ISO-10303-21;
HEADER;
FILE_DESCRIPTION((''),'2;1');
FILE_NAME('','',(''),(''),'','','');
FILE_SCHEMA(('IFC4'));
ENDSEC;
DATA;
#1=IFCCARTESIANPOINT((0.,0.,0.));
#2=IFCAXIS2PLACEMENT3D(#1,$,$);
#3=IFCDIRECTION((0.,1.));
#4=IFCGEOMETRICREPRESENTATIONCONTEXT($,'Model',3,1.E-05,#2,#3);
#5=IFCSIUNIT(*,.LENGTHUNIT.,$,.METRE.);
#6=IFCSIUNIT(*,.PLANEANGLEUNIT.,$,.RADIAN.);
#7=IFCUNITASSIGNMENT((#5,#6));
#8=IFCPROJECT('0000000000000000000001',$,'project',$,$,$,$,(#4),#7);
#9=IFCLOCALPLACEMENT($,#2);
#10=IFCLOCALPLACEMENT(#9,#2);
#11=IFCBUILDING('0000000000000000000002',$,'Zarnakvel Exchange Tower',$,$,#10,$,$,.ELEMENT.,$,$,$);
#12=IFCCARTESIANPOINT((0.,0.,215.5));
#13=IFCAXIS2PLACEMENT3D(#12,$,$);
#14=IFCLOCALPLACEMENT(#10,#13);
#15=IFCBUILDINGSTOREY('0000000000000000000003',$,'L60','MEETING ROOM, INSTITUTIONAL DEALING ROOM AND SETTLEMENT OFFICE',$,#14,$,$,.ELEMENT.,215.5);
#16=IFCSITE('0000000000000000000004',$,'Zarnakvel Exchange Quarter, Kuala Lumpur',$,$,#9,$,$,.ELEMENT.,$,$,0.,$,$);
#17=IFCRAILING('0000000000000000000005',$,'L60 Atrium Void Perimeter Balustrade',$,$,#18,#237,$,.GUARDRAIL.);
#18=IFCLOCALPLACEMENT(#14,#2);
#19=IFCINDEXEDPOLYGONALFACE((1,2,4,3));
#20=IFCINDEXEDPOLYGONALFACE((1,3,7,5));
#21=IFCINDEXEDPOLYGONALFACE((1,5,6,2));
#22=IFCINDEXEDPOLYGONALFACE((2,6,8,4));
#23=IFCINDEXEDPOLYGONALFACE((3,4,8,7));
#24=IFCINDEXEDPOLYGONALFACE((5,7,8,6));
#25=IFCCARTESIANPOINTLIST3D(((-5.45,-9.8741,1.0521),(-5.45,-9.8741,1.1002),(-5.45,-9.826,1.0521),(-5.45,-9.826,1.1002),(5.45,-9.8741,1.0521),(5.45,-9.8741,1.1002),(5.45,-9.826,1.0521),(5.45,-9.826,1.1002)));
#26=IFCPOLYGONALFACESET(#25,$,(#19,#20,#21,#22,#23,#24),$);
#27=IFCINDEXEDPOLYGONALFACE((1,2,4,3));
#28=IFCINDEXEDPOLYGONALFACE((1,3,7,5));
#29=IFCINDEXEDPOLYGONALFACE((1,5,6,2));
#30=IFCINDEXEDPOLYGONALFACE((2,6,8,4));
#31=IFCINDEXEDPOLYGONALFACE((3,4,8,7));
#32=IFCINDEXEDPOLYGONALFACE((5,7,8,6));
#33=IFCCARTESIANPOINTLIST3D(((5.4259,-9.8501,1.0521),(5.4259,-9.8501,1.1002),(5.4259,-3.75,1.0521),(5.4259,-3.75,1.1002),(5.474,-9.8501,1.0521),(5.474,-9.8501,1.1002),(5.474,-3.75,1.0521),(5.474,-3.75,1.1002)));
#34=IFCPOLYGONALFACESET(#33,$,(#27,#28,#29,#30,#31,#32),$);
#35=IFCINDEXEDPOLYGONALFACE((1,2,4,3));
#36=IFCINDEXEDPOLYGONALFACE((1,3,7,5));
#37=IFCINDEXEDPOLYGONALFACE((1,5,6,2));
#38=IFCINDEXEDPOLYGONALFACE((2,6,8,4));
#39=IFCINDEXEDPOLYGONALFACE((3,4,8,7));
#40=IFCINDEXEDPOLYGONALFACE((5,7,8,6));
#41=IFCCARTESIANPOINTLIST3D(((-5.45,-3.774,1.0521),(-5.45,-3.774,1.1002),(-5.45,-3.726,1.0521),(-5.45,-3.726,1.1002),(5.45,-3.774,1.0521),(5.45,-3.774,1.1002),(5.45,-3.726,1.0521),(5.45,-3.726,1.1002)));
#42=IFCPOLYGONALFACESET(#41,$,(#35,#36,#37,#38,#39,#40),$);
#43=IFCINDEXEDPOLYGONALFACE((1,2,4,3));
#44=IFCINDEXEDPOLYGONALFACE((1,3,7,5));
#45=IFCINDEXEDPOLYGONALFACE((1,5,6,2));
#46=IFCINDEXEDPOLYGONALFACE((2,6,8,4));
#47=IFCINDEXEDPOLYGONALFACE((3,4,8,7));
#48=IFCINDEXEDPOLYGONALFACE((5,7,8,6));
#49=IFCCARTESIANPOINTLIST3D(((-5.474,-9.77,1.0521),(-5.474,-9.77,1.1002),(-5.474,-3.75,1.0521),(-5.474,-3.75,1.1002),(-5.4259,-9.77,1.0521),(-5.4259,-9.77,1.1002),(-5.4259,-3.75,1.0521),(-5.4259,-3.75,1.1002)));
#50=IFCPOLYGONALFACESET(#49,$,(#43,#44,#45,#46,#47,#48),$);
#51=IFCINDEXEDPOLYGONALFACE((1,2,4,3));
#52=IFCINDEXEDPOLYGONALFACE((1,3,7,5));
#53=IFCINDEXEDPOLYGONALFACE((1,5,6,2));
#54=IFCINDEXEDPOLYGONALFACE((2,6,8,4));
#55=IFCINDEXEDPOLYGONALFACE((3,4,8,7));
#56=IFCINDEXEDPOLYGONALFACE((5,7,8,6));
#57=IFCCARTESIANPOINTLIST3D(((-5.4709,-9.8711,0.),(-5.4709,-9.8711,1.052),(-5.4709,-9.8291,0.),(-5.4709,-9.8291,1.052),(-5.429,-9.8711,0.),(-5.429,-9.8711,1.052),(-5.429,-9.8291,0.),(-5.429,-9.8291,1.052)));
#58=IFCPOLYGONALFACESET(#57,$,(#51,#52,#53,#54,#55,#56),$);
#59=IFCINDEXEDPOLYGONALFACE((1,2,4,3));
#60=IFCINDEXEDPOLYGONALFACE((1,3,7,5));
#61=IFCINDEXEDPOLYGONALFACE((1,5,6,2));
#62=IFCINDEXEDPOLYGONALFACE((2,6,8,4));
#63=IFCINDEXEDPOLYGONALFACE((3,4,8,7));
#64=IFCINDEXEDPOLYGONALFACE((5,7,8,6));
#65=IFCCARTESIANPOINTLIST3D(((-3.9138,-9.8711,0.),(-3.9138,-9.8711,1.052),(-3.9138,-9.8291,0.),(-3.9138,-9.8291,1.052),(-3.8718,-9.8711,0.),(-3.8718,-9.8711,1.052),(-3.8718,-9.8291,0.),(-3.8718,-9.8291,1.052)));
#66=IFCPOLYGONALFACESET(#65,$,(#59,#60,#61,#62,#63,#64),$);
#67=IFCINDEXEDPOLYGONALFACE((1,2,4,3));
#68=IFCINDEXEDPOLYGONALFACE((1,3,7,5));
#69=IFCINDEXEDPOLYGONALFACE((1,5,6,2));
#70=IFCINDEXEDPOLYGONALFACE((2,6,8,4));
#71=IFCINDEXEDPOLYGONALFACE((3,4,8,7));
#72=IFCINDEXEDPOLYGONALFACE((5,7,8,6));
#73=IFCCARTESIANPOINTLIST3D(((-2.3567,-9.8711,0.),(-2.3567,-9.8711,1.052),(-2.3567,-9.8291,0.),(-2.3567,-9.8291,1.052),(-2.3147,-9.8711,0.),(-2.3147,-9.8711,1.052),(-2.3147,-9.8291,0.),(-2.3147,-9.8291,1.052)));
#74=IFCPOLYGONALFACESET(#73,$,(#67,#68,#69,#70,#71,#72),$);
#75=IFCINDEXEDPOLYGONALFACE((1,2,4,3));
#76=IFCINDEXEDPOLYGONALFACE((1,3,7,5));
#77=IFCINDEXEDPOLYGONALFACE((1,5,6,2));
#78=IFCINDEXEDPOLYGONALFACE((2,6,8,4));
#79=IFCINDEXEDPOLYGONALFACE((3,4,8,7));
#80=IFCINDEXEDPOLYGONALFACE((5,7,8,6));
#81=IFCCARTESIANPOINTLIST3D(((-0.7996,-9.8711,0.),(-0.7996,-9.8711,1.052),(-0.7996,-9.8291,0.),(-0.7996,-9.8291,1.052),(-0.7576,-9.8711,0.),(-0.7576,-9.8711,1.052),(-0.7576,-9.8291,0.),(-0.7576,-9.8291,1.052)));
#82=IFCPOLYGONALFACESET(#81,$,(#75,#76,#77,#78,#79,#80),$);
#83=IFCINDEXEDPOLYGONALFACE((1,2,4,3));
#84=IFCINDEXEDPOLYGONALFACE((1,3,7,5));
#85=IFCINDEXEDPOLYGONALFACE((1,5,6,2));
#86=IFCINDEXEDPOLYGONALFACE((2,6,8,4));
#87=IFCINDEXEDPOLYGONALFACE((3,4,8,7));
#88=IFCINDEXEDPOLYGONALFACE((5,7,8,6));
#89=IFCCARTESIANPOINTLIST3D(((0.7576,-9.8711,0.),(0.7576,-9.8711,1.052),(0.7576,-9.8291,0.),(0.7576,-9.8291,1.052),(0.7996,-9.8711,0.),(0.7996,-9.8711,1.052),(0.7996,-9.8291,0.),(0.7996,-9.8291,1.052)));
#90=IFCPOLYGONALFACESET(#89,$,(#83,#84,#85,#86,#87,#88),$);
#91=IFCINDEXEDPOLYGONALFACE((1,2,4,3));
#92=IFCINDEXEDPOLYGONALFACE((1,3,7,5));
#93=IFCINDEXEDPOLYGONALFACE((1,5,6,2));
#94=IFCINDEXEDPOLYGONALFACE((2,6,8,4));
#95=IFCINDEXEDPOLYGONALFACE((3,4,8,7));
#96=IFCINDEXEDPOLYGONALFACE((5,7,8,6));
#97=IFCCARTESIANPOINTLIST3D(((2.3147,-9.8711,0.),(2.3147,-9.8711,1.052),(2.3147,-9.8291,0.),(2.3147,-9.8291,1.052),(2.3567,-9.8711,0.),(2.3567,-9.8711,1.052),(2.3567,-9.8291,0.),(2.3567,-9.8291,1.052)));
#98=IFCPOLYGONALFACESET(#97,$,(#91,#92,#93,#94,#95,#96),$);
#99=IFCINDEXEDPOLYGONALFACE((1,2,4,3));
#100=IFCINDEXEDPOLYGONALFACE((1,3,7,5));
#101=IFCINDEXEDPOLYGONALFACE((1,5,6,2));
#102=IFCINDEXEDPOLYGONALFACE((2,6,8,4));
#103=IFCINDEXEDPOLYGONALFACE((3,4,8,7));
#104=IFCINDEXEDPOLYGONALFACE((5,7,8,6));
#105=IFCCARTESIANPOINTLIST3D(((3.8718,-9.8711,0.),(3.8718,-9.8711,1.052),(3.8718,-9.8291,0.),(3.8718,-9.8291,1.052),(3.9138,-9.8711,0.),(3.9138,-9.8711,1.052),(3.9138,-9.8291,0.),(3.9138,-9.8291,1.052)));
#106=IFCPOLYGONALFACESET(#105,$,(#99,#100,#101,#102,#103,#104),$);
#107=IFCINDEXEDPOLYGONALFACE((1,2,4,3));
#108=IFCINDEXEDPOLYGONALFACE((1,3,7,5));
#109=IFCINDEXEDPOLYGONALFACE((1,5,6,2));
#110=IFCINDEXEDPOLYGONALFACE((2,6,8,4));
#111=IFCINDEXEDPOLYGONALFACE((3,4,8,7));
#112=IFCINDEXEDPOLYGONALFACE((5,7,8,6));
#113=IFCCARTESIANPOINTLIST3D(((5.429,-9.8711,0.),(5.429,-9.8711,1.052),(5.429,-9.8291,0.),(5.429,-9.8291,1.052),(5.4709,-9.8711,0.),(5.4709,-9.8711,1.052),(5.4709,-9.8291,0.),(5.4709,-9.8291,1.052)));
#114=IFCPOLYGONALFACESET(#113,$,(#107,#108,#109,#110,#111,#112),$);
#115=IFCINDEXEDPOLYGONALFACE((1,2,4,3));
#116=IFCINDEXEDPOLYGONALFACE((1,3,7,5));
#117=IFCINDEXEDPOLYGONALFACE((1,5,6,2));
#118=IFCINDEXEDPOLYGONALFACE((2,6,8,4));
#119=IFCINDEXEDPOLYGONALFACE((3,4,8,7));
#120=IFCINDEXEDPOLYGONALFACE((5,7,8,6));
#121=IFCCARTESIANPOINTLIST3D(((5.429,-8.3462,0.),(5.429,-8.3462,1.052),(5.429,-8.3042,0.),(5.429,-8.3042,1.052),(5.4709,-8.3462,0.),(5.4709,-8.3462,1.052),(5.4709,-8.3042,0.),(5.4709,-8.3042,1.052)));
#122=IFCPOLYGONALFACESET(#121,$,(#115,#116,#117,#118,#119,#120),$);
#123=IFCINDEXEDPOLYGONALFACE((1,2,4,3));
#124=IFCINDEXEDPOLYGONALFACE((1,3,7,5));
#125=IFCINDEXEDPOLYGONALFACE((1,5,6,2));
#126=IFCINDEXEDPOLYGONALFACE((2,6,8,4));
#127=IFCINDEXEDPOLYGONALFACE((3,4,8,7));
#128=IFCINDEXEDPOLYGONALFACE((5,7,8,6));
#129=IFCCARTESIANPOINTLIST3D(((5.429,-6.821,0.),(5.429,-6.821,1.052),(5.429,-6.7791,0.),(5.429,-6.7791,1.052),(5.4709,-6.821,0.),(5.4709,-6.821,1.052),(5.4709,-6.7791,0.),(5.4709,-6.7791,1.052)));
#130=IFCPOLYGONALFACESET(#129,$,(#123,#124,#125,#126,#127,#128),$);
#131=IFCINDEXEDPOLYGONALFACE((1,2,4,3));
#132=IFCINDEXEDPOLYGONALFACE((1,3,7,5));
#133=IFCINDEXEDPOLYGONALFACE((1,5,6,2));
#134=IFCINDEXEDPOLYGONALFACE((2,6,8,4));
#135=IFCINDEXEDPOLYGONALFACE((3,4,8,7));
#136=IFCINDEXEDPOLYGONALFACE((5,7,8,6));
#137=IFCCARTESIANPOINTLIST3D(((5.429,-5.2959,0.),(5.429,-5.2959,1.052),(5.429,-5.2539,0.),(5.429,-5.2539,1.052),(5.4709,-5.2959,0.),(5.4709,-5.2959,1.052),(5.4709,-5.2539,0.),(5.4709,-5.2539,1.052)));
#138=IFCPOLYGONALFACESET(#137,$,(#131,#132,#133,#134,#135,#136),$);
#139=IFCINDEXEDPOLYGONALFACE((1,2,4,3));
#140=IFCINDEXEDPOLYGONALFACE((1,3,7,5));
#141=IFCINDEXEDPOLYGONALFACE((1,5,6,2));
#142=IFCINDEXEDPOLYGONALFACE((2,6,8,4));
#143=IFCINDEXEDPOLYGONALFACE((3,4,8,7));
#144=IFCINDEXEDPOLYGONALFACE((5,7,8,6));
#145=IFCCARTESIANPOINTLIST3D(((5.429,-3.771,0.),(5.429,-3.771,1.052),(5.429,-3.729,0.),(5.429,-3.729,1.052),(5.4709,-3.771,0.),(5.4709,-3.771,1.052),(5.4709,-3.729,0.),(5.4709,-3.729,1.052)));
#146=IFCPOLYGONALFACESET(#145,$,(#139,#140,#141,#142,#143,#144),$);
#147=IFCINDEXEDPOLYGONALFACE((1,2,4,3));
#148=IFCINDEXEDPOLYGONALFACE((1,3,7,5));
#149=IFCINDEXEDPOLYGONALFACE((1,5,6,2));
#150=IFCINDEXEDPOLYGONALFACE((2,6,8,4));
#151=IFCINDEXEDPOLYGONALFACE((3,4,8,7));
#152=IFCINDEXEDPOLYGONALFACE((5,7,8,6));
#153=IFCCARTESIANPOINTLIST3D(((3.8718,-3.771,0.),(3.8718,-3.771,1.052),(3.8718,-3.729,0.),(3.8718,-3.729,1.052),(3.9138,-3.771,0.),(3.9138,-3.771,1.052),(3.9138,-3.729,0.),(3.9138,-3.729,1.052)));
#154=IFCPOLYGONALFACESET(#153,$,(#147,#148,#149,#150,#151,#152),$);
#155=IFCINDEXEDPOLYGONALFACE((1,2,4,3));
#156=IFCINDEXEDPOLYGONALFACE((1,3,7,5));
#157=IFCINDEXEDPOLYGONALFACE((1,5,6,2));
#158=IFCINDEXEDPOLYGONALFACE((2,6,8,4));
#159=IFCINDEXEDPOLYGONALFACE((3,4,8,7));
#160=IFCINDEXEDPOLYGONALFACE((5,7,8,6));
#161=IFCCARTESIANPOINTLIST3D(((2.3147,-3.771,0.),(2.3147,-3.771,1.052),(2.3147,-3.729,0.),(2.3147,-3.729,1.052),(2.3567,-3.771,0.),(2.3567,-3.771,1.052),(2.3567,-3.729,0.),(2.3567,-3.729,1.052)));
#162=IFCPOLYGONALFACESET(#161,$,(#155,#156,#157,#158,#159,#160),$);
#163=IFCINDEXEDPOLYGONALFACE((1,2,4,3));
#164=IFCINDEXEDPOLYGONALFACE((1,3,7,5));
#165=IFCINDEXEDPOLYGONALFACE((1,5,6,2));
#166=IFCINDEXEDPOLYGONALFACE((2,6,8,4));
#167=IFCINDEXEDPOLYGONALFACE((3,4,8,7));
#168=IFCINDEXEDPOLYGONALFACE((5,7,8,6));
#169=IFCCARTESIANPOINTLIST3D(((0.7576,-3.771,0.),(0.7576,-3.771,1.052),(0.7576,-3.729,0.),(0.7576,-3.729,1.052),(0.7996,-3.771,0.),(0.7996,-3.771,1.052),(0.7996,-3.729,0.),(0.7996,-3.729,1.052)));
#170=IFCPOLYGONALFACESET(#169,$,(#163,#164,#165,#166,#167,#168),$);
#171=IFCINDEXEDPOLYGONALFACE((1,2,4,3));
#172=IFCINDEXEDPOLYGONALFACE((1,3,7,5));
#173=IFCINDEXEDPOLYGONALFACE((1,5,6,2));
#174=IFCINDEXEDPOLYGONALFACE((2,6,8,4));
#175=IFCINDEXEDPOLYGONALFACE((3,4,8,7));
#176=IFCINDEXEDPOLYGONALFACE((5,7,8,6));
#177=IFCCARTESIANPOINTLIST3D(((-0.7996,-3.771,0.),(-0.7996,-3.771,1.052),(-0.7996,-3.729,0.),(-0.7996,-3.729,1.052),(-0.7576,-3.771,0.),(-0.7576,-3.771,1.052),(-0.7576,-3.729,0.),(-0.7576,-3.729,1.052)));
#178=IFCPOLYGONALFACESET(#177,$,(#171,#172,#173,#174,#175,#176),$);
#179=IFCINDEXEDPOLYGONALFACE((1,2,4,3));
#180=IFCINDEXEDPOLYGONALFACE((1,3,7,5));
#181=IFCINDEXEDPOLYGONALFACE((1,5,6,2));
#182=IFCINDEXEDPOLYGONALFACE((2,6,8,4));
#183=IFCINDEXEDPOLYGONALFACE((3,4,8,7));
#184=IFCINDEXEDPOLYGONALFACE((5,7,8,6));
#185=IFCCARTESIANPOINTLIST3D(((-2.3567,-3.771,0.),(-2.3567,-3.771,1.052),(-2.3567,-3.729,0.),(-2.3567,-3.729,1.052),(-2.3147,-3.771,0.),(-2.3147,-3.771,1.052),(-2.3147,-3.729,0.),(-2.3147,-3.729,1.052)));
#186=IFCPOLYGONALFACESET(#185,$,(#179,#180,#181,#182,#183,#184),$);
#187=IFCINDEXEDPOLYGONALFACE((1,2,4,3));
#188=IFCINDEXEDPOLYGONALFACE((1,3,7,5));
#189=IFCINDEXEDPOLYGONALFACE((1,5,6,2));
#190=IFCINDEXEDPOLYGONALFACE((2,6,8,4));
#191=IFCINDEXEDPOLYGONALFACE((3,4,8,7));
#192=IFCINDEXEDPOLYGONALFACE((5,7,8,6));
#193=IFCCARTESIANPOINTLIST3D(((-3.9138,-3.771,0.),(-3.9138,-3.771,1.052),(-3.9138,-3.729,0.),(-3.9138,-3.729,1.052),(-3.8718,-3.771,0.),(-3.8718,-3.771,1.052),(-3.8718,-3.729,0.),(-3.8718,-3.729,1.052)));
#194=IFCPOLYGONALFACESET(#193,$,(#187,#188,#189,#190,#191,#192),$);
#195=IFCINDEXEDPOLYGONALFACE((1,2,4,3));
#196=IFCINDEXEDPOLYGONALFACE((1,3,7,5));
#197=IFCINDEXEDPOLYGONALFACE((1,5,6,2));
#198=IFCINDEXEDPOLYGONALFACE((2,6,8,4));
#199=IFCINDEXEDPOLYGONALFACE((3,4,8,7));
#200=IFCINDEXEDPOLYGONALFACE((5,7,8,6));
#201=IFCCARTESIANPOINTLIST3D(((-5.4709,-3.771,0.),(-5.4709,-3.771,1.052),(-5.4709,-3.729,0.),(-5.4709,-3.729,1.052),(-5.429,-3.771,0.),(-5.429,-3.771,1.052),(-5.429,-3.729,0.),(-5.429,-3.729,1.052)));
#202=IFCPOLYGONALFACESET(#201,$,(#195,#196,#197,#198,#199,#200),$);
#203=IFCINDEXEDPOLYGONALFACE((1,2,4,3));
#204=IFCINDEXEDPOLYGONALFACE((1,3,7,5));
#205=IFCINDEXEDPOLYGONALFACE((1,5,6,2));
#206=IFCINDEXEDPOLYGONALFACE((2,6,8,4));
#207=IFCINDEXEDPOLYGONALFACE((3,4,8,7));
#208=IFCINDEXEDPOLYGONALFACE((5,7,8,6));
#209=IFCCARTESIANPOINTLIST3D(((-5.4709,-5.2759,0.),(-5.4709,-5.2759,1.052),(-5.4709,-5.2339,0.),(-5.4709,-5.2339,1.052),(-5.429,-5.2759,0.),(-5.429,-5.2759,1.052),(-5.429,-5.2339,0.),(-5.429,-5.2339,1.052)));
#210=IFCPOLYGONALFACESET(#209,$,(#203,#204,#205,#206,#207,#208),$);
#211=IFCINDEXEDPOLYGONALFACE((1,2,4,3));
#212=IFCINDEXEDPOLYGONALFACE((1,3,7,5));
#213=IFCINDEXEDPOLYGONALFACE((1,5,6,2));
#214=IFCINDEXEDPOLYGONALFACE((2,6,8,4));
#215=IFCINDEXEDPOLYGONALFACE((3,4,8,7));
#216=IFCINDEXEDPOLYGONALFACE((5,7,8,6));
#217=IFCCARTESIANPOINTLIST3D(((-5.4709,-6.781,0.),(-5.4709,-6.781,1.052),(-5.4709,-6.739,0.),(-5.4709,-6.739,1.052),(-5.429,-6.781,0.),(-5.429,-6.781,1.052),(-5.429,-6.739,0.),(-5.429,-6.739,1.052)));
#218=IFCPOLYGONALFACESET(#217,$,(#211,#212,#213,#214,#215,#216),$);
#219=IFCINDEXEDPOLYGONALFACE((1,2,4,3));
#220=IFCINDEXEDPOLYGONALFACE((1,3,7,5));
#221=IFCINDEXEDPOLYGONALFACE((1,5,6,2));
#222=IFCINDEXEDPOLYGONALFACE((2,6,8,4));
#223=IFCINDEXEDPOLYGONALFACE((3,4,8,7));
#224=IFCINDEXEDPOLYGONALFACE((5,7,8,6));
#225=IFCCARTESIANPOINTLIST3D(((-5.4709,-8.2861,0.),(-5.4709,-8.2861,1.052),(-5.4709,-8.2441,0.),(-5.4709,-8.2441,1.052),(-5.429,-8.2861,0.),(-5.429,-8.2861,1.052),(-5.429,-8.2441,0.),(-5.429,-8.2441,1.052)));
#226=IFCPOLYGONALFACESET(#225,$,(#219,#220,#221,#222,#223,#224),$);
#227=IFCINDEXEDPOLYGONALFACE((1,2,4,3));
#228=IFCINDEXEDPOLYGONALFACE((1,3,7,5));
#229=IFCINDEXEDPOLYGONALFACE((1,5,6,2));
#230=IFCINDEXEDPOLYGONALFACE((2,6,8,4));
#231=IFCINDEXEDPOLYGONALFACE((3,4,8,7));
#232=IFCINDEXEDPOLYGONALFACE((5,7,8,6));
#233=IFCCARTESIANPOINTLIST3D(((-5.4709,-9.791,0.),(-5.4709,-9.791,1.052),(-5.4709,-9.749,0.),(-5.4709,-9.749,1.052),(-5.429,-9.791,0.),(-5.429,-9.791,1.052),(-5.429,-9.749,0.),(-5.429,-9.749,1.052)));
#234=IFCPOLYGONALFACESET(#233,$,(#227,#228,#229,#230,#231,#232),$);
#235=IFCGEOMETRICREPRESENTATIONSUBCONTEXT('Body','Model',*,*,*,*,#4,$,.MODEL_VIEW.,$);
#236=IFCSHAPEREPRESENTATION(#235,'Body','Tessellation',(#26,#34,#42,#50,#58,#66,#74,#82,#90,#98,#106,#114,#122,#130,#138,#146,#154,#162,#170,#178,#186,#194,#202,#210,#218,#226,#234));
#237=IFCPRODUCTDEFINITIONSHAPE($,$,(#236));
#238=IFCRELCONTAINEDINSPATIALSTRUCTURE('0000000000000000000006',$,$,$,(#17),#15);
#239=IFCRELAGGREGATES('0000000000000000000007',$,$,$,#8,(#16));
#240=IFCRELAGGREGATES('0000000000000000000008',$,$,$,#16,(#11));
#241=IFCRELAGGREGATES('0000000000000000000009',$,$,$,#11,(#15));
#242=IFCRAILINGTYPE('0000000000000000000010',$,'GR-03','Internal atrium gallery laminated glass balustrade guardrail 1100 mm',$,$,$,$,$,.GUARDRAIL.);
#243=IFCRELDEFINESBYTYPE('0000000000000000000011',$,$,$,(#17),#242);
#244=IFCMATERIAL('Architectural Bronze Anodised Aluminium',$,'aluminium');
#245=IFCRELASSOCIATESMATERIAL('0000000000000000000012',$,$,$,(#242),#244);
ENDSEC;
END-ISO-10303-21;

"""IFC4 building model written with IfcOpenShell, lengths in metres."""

from ifc_helpers import new_model, si_unit, direction, frame, origin, origin_2d, place, context, subcontext, project, spatial, rectangle, extrude, material, type_object, element, save


model = new_model("IFC4")

# Units and contexts
model_context = context("Model", 3, precision=1e-05, world=origin(), true_north=direction((0.0, 1.0)))
body_context = subcontext(model_context, "Body", "Model", "MODEL_VIEW")
ifc_project = project(units=[si_unit("LENGTHUNIT", "METRE"), si_unit("PLANEANGLEUNIT", "RADIAN")], contexts=[model_context])

# Site, building, storey
site_placement = place(None, origin())
site = spatial("IfcSite", under=ifc_project, at=site_placement, Name="Zarnakvel Exchange Quarter, Kuala Lumpur", CompositionType="ELEMENT", RefElevation=0.0)
building_placement = place(site_placement, origin())
building = spatial("IfcBuilding", under=site, at=building_placement, Name="Zarnakvel Exchange Tower", CompositionType="ELEMENT")
storey_placement = place(building_placement, frame((0.0, 0.0, 215.5)))
storey = spatial("IfcBuildingStorey", under=building, at=storey_placement, Name="L60", Description="MEETING ROOM, INSTITUTIONAL DEALING ROOM AND SETTLEMENT OFFICE", CompositionType="ELEMENT", Elevation=215.5)

# Shared definitions
ifc_material_1 = material(Name="Architectural Bronze Anodised Aluminium", Category="aluminium")

# Railing
railing_type_1 = type_object("IfcRailingType", Name="GR-03", Description="Internal atrium gallery laminated glass balustrade guardrail 1100 mm", PredefinedType="GUARDRAIL", material=ifc_material_1)
railing_1_placement = place(storey_placement, frame((-5.45, -9.8501, 0.0)))
element("IfcRailing", 1, at=railing_1_placement, inside=storey, type_object=railing_type_1, Name="L60 Atrium Void Perimeter Balustrade", PredefinedType="GUARDRAIL", context=body_context, shape_type="SweptSolid", body=[
    extrude(rectangle(XDim=0.0481, YDim=0.0481, at=origin_2d()), frame((0.0, 0.0, 1.0762), z_axis=(1.0, 0.0, 0.0), x_axis=(0.0, 1.0, 0.0)), (0.0, 0.0, 1.0), 10.8999),
    extrude(rectangle(XDim=0.0481, YDim=0.0481, at=origin_2d()), frame((10.8999, 0.0, 1.0762), z_axis=(0.0, 1.0, 0.0), x_axis=(-1.0, 0.0, 0.0)), (0.0, 0.0, 1.0), 6.1001),
    extrude(rectangle(XDim=0.0481, YDim=0.0481, at=origin_2d()), frame((10.8999, 6.1001, 1.0762), z_axis=(-1.0, 0.0, 0.0), x_axis=(0.0, -1.0, 0.0)), (0.0, 0.0, 1.0), 10.8999),
    extrude(rectangle(XDim=0.0481, YDim=0.0481, at=origin_2d()), frame((0.0, 6.1001, 1.0762), z_axis=(0.0, -1.0, 0.0), x_axis=(1.0, 0.0, 0.0)), (0.0, 0.0, 1.0), 6.02),
    extrude(rectangle(XDim=0.042, YDim=0.042, at=origin_2d()), origin(), (0.0, 0.0, 1.0), 1.052),
    extrude(rectangle(XDim=0.042, YDim=0.042, at=origin_2d()), frame((1.5571, 0.0, 0.0)), (0.0, 0.0, 1.0), 1.052),
    extrude(rectangle(XDim=0.042, YDim=0.042, at=origin_2d()), frame((3.1143, 0.0, 0.0)), (0.0, 0.0, 1.0), 1.052),
    extrude(rectangle(XDim=0.042, YDim=0.042, at=origin_2d()), frame((4.6714, 0.0, 0.0)), (0.0, 0.0, 1.0), 1.052),
    extrude(rectangle(XDim=0.042, YDim=0.042, at=origin_2d()), frame((6.2285, 0.0, 0.0)), (0.0, 0.0, 1.0), 1.052),
    extrude(rectangle(XDim=0.042, YDim=0.042, at=origin_2d()), frame((7.7856, 0.0, 0.0)), (0.0, 0.0, 1.0), 1.052),
    extrude(rectangle(XDim=0.042, YDim=0.042, at=origin_2d()), frame((9.3428, 0.0, 0.0)), (0.0, 0.0, 1.0), 1.052),
    extrude(rectangle(XDim=0.042, YDim=0.042, at=origin_2d()), frame((10.8999, 0.0, 0.0)), (0.0, 0.0, 1.0), 1.052),
    extrude(rectangle(XDim=0.042, YDim=0.042, at=origin_2d()), frame((10.8999, 1.5249, 0.0)), (0.0, 0.0, 1.0), 1.052),
    extrude(rectangle(XDim=0.042, YDim=0.042, at=origin_2d()), frame((10.8999, 3.05, 0.0)), (0.0, 0.0, 1.0), 1.052),
    extrude(rectangle(XDim=0.042, YDim=0.042, at=origin_2d()), frame((10.8999, 4.5752, 0.0)), (0.0, 0.0, 1.0), 1.052),
    extrude(rectangle(XDim=0.042, YDim=0.042, at=origin_2d()), frame((10.8999, 6.1001, 0.0)), (0.0, 0.0, 1.0), 1.052),
    extrude(rectangle(XDim=0.042, YDim=0.042, at=origin_2d()), frame((9.3428, 6.1001, 0.0)), (0.0, 0.0, 1.0), 1.052),
    extrude(rectangle(XDim=0.042, YDim=0.042, at=origin_2d()), frame((7.7856, 6.1001, 0.0)), (0.0, 0.0, 1.0), 1.052),
    extrude(rectangle(XDim=0.042, YDim=0.042, at=origin_2d()), frame((6.2285, 6.1001, 0.0)), (0.0, 0.0, 1.0), 1.052),
    extrude(rectangle(XDim=0.042, YDim=0.042, at=origin_2d()), frame((4.6714, 6.1001, 0.0)), (0.0, 0.0, 1.0), 1.052),
    extrude(rectangle(XDim=0.042, YDim=0.042, at=origin_2d()), frame((3.1143, 6.1001, 0.0)), (0.0, 0.0, 1.0), 1.052),
    extrude(rectangle(XDim=0.042, YDim=0.042, at=origin_2d()), frame((1.5571, 6.1001, 0.0)), (0.0, 0.0, 1.0), 1.052),
    extrude(rectangle(XDim=0.042, YDim=0.042, at=origin_2d()), frame((0.0, 6.1001, 0.0)), (0.0, 0.0, 1.0), 1.052),
    extrude(rectangle(XDim=0.042, YDim=0.042, at=origin_2d()), frame((0.0, 4.5952, 0.0)), (0.0, 0.0, 1.0), 1.052),
    extrude(rectangle(XDim=0.042, YDim=0.042, at=origin_2d()), frame((0.0, 3.0901, 0.0)), (0.0, 0.0, 1.0), 1.052),
    extrude(rectangle(XDim=0.042, YDim=0.042, at=origin_2d()), frame((0.0, 1.585, 0.0)), (0.0, 0.0, 1.0), 1.052),
    extrude(rectangle(XDim=0.042, YDim=0.042, at=origin_2d()), frame((0.0, 0.0801, 0.0)), (0.0, 0.0, 1.0), 1.052),
])

save(model, "model.ifc")
